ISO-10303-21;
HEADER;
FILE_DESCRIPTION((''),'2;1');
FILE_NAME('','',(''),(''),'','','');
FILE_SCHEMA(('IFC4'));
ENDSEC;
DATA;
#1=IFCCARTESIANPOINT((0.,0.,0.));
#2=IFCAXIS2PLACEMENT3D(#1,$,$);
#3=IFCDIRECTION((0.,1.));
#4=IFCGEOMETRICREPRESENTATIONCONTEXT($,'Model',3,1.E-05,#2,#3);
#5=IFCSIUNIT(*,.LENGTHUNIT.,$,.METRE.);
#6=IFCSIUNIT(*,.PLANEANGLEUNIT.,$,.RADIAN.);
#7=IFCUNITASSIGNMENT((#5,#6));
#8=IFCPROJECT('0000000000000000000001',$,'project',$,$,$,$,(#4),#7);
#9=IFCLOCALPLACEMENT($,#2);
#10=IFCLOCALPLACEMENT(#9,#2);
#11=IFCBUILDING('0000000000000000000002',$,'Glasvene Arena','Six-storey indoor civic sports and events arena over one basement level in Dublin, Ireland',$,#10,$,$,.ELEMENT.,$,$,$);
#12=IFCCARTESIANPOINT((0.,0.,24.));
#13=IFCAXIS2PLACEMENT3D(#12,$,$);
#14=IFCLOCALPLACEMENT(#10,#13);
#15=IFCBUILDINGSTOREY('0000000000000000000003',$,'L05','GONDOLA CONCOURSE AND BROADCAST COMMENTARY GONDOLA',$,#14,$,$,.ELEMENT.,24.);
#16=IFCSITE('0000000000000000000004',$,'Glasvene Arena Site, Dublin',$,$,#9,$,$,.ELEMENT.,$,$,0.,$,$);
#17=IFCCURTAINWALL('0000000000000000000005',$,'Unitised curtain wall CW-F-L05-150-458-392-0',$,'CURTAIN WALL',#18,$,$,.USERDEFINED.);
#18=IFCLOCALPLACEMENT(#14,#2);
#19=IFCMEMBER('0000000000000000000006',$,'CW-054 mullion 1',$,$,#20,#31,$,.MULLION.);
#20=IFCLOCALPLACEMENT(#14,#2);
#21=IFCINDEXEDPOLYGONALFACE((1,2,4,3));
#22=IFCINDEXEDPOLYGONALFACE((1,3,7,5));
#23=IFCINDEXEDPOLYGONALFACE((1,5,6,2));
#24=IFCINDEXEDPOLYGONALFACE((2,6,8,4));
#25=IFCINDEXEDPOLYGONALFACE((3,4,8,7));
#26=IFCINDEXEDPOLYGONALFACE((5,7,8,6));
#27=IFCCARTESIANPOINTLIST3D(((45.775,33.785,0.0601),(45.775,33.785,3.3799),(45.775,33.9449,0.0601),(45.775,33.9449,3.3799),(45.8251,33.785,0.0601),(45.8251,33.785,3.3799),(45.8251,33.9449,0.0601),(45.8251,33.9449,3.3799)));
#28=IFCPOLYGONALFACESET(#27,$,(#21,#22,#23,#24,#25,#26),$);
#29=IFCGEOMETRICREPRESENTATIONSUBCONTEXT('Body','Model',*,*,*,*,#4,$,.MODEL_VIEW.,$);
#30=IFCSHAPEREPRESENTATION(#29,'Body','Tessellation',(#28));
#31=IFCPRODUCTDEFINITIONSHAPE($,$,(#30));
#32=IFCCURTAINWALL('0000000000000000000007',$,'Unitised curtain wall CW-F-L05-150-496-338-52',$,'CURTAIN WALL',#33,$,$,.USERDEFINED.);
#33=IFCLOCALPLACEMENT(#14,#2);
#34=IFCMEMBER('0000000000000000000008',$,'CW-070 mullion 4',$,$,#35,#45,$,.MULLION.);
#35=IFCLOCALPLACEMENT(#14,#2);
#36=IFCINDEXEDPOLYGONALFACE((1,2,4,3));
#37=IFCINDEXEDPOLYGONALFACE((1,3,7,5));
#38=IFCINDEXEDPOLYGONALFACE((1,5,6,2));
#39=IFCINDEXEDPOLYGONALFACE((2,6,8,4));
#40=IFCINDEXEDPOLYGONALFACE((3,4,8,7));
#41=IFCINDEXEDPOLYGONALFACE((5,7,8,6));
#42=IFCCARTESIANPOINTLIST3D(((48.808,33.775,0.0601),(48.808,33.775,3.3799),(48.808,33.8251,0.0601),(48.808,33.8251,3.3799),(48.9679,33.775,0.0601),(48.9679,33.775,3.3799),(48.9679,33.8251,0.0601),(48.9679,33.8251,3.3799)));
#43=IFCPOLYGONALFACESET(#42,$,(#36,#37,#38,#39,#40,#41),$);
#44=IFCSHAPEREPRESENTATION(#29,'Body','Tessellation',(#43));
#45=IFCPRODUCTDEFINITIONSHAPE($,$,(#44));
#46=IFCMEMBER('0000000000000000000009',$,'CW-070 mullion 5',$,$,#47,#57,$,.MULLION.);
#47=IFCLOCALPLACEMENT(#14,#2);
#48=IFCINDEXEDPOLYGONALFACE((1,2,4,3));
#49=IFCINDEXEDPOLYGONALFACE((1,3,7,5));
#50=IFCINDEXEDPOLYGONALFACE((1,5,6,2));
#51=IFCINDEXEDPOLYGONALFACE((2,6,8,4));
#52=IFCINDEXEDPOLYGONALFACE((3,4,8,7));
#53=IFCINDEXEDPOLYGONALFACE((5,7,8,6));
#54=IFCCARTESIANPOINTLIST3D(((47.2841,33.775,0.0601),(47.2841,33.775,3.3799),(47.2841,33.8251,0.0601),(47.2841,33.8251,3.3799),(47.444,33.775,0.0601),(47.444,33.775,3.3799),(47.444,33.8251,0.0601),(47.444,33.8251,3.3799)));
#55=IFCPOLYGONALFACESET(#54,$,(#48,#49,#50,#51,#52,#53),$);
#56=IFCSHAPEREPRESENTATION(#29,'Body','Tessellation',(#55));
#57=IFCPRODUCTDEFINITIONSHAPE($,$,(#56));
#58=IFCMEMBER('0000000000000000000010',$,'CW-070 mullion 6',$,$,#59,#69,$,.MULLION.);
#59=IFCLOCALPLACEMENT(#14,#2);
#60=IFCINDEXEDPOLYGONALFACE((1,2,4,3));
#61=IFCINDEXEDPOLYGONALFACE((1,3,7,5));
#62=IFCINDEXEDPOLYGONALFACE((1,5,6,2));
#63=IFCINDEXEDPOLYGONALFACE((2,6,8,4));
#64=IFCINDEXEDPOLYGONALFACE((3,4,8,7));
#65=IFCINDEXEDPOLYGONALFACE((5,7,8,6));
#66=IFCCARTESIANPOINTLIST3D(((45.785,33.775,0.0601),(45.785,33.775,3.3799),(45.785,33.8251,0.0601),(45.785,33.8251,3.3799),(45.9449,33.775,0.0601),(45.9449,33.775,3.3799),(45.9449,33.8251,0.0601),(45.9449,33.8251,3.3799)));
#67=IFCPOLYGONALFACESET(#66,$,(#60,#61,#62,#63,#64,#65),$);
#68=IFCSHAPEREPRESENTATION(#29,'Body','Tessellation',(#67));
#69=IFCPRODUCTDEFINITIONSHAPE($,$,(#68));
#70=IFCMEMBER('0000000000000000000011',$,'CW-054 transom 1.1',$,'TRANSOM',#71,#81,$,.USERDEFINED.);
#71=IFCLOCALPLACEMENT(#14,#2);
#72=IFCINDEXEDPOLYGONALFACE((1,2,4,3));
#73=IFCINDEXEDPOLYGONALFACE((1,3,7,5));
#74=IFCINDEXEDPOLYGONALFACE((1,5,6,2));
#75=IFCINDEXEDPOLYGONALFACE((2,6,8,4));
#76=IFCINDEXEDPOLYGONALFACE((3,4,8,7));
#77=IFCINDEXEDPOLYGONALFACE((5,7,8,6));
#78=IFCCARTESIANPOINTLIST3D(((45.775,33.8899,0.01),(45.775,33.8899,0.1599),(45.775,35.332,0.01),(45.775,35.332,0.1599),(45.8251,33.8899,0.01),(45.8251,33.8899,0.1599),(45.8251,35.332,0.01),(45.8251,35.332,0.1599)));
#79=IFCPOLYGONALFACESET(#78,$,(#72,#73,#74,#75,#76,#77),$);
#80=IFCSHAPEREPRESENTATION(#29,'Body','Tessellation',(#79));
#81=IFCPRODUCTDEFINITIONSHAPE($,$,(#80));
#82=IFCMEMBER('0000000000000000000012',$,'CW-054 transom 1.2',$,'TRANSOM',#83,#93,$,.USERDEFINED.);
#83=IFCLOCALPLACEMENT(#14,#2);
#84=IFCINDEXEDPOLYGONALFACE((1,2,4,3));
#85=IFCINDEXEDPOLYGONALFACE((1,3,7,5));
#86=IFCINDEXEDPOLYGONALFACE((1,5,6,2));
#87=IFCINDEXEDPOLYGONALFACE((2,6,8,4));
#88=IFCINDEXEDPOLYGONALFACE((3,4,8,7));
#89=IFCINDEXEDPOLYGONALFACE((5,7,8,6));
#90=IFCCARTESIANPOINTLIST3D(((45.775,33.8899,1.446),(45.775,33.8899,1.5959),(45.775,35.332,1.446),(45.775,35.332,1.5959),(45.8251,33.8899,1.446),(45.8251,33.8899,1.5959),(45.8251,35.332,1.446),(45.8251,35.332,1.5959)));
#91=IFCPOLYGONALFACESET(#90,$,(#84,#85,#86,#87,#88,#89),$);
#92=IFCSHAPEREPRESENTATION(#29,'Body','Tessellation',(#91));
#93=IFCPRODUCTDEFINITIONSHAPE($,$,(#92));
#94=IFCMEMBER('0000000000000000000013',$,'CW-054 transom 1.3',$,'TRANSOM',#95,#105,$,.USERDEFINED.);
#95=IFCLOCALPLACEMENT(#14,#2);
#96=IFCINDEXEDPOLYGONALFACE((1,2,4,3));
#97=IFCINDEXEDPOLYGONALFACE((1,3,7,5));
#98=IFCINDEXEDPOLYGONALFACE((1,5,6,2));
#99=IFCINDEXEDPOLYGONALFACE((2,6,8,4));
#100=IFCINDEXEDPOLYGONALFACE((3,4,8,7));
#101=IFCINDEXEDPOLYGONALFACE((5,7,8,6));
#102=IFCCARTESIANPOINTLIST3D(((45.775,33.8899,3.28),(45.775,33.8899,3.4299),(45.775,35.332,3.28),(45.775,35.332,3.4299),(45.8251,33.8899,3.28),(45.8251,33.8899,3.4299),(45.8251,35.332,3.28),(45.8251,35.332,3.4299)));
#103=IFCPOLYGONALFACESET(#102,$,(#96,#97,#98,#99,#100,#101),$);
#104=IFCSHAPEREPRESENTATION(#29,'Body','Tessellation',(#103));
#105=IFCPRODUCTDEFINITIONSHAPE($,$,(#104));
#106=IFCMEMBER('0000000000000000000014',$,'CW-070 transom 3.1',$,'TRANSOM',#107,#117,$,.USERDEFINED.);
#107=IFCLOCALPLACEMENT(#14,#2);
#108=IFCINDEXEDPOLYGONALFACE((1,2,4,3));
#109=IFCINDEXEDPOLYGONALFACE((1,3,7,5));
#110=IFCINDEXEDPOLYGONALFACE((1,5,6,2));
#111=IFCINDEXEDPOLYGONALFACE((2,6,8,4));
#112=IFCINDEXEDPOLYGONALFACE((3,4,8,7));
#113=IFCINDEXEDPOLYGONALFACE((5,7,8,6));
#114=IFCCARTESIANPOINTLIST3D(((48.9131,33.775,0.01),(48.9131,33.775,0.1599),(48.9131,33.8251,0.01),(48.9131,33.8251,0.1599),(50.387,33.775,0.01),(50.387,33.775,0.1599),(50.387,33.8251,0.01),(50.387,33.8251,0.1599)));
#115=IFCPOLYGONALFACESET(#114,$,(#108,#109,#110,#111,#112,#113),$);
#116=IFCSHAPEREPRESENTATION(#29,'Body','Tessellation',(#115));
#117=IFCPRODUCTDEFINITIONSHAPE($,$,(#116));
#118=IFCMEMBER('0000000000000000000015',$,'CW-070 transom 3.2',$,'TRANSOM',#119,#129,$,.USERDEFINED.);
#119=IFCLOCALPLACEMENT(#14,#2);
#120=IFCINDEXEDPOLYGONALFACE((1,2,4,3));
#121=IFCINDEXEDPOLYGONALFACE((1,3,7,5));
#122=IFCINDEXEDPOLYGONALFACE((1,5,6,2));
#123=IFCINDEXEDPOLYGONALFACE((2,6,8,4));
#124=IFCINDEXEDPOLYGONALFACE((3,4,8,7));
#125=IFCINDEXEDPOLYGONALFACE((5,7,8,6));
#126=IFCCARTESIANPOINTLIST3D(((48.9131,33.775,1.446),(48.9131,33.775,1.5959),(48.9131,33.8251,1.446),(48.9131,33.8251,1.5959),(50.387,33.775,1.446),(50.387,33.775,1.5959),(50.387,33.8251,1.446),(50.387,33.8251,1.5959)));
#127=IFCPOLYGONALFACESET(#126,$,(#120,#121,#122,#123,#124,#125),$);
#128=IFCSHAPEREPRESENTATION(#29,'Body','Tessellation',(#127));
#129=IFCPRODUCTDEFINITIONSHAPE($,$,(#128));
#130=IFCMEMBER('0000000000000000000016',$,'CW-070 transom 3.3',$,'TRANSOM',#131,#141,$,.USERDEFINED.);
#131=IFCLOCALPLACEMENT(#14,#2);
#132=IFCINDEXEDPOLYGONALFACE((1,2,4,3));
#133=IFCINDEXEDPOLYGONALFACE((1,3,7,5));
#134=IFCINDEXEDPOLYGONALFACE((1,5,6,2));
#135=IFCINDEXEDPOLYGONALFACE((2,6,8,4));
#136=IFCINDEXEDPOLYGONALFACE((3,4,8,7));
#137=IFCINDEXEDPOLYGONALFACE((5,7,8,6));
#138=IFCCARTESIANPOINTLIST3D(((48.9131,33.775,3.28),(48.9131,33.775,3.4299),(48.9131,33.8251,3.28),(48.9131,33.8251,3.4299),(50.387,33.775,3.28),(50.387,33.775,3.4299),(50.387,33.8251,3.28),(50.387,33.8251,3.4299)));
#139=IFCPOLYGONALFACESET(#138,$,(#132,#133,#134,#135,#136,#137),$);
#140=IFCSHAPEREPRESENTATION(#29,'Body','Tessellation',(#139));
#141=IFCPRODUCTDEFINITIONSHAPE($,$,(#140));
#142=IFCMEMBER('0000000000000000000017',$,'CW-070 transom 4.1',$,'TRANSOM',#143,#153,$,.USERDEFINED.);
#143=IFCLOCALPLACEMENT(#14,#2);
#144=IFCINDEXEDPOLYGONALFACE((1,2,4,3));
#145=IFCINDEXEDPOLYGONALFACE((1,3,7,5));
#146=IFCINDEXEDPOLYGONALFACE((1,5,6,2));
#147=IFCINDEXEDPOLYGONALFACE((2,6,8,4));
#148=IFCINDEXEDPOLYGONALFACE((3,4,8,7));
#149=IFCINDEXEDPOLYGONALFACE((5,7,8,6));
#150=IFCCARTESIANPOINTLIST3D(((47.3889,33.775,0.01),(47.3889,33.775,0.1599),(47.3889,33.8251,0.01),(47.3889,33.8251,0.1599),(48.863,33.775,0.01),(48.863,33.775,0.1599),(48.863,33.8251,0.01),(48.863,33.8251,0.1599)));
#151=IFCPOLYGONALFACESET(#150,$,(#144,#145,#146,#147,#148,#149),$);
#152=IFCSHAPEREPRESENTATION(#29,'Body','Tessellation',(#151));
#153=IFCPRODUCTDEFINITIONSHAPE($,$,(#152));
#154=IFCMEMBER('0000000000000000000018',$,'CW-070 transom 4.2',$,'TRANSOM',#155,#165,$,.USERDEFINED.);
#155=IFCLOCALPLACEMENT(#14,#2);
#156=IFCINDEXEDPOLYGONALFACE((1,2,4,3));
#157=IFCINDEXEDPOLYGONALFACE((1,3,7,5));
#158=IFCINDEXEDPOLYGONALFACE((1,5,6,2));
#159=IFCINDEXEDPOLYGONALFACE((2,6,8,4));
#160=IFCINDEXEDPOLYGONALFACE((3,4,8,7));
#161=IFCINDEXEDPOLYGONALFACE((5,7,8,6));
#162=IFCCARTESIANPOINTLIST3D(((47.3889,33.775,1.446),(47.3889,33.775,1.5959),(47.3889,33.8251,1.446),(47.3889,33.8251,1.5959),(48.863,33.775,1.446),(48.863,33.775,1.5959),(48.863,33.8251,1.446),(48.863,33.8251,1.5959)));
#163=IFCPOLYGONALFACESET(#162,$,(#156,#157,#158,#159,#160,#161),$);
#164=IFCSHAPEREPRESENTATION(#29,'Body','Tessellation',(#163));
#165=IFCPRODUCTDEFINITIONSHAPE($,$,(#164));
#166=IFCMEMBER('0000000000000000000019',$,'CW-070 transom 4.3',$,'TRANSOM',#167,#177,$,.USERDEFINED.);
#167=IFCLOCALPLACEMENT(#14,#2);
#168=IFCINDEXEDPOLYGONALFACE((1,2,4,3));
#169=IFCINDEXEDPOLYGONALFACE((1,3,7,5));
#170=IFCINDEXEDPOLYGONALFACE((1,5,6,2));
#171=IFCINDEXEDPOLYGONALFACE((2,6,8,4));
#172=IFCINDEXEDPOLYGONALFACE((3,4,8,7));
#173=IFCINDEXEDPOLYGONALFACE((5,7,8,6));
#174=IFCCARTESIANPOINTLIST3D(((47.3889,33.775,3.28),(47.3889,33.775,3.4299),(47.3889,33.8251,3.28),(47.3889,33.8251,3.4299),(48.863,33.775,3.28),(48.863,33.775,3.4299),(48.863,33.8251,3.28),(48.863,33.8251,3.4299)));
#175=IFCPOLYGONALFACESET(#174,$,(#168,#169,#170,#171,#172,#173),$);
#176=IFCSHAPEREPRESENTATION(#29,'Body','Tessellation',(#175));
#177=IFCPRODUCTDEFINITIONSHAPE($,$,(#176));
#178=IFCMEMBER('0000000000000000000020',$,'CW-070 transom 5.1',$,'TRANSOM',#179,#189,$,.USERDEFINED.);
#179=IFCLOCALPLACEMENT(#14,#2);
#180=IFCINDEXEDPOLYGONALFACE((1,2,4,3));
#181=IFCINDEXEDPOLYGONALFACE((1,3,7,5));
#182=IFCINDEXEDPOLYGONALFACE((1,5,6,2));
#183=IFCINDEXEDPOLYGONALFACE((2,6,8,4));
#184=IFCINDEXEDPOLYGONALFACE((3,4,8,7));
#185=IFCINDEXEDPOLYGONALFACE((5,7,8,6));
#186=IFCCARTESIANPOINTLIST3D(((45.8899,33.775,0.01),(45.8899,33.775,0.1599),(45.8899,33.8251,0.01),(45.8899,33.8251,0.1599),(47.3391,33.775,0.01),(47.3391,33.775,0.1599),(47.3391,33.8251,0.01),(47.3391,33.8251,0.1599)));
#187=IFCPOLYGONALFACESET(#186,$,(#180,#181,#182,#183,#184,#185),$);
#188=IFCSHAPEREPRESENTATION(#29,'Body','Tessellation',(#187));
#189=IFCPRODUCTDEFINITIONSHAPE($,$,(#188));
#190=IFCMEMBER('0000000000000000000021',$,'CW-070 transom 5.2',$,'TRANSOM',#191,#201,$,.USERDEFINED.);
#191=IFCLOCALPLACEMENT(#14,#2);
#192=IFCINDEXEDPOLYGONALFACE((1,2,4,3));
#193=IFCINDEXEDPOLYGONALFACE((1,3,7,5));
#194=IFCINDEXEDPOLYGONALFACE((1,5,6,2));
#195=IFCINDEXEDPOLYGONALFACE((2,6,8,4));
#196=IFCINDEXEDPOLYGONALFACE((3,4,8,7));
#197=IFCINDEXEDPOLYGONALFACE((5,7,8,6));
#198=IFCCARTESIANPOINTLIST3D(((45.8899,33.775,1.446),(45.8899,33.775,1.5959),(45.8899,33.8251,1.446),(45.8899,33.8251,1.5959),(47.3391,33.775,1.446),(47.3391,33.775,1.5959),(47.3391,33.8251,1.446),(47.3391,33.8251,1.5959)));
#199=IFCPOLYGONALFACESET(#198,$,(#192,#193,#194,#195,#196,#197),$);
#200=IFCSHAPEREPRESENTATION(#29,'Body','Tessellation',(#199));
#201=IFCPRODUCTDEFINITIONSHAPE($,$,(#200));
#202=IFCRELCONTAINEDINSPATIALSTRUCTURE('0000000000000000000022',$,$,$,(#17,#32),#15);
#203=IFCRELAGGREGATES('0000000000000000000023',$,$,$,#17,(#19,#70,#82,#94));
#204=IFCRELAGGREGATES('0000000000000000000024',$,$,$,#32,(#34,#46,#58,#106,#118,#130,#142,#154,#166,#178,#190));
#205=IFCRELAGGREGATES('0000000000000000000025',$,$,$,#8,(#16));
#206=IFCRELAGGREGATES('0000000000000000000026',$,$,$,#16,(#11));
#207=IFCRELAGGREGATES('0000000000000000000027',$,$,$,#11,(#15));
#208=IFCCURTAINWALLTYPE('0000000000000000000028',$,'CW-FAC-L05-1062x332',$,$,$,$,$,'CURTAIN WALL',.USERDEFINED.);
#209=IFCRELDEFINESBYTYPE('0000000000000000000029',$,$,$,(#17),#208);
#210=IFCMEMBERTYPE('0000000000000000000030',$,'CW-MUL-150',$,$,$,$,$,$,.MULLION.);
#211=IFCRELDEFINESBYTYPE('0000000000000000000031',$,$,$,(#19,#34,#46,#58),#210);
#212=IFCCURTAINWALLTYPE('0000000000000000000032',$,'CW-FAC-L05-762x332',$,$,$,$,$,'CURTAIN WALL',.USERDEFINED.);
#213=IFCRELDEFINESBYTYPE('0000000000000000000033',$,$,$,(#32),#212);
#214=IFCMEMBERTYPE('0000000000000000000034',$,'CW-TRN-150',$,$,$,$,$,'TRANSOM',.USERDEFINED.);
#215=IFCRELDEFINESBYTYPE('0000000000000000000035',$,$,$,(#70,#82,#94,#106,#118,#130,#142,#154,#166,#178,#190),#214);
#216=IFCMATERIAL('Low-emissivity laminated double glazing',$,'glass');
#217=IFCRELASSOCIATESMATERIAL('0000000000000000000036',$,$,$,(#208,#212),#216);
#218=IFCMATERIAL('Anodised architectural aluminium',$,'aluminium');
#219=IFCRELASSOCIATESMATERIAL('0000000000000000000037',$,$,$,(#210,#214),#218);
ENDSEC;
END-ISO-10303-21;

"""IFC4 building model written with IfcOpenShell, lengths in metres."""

from ifc_helpers import new_model, si_unit, direction, frame, origin, origin_2d, place, context, subcontext, project, spatial, rectangle, extrude, material, material_profile, profile_set, type_object, element, aggregate, save


model = new_model("IFC4")

# Units and contexts
model_context = context("Model", 3, precision=1e-05, world=origin(), true_north=direction((0.0, 1.0)))
body_context = subcontext(model_context, "Body", "Model", "MODEL_VIEW")
ifc_project = project(units=[si_unit("LENGTHUNIT", "METRE"), si_unit("PLANEANGLEUNIT", "RADIAN")], contexts=[model_context])

# Site, building, storey
site_placement = place(None, origin())
site = spatial("IfcSite", under=ifc_project, at=site_placement, Name="Glasvene Arena Site, Dublin", CompositionType="ELEMENT", RefElevation=0.0)
building_placement = place(site_placement, origin())
building = spatial("IfcBuilding", under=site, at=building_placement, Name="Glasvene Arena", Description="Six-storey indoor civic sports and events arena over one basement level in Dublin, Ireland", CompositionType="ELEMENT")
storey_placement = place(building_placement, frame((0.0, 0.0, 24.0)))
storey = spatial("IfcBuildingStorey", under=building, at=storey_placement, Name="L05", Description="GONDOLA CONCOURSE AND BROADCAST COMMENTARY GONDOLA", CompositionType="ELEMENT", Elevation=24.0)

# Curtain wall, member
ifc_material_1 = material(Name="Low-emissivity laminated double glazing", Category="glass")
curtain_wall_type_1 = type_object("IfcCurtainWallType", Name="CW-FAC-L05-1062x332", ElementType="CURTAIN WALL", PredefinedType="USERDEFINED", material=ifc_material_1)
curtain_wall_1_placement = place(storey_placement, frame((45.8, 33.8401, 0.0)))
curtain_wall_1 = element("IfcCurtainWall", 1, at=curtain_wall_1_placement, inside=storey, type_object=curtain_wall_type_1, Name="Unitised curtain wall CW-F-L05-150-458-392-0", ObjectType="CURTAIN WALL", PredefinedType="USERDEFINED")
ifc_material_2 = material(Name="Anodised architectural aluminium", Category="aluminium")
ifc_material_profile_1 = material_profile(ifc_material_2, rectangle(XDim=0.05, YDim=0.1599, at=origin_2d()), Name="ALU MULLION 50x160")
ifc_profile_set_1 = profile_set([ifc_material_profile_1], Name="Anodised architectural aluminium")
member_type_1 = type_object("IfcMemberType", Name="CW-MUL-150", PredefinedType="MULLION", material=ifc_profile_set_1)
member_1_placement = place(storey_placement, frame((45.8, 33.865, 0.0601), z_axis=(0.0, 0.0, 1.0), x_axis=(-1.0, 0.0, 0.0)))
member_1 = element("IfcMember", 2, at=member_1_placement, type_object=member_type_1, Name="CW-054 mullion 1", PredefinedType="MULLION", context=body_context, shape_type="SweptSolid", body=[
    extrude(rectangle(XDim=0.05, YDim=0.1599, at=origin_2d()), origin(), (0.0, 0.0, 1.0), 3.3198),
])

# Curtain wall, members
curtain_wall_type_2 = type_object("IfcCurtainWallType", Name="CW-FAC-L05-762x332", ElementType="CURTAIN WALL", PredefinedType="USERDEFINED", material=ifc_material_1)
curtain_wall_2_placement = place(storey_placement, frame((53.46, 33.8, 0.0)))
curtain_wall_2 = element("IfcCurtainWall", 3, at=curtain_wall_2_placement, inside=storey, type_object=curtain_wall_type_2, Name="Unitised curtain wall CW-F-L05-150-496-338-52", ObjectType="CURTAIN WALL", PredefinedType="USERDEFINED")
member_2_placement = place(storey_placement, frame((48.8879, 33.8, 0.0601), z_axis=(0.0, 0.0, 1.0), x_axis=(0.0, -1.0, 0.0)))
member_2 = element("IfcMember", 4, at=member_2_placement, type_object=member_type_1, Name="CW-070 mullion 4", PredefinedType="MULLION", context=body_context, shape_type="SweptSolid", body=[
    extrude(rectangle(XDim=0.05, YDim=0.1599, at=origin_2d()), origin(), (0.0, 0.0, 1.0), 3.3198),
])
member_3_placement = place(storey_placement, frame((47.364, 33.8, 0.0601), z_axis=(0.0, 0.0, 1.0), x_axis=(0.0, -1.0, 0.0)))
member_3 = element("IfcMember", 5, at=member_3_placement, type_object=member_type_1, Name="CW-070 mullion 5", PredefinedType="MULLION", context=body_context, shape_type="SweptSolid", body=[
    extrude(rectangle(XDim=0.05, YDim=0.1599, at=origin_2d()), origin(), (0.0, 0.0, 1.0), 3.3198),
])
member_4_placement = place(storey_placement, frame((45.865, 33.8, 0.0601), z_axis=(0.0, 0.0, 1.0), x_axis=(0.0, -1.0, 0.0)))
member_4 = element("IfcMember", 6, at=member_4_placement, type_object=member_type_1, Name="CW-070 mullion 6", PredefinedType="MULLION", context=body_context, shape_type="SweptSolid", body=[
    extrude(rectangle(XDim=0.05, YDim=0.1599, at=origin_2d()), origin(), (0.0, 0.0, 1.0), 3.3198),
])

# Members
ifc_material_profile_2 = material_profile(ifc_material_2, rectangle(XDim=0.05, YDim=0.1499, at=origin_2d()), Name="ALU TRANSOM 50x150")
ifc_profile_set_2 = profile_set([ifc_material_profile_2], Name="Anodised architectural aluminium")
member_type_2 = type_object("IfcMemberType", Name="CW-TRN-150", ElementType="TRANSOM", PredefinedType="USERDEFINED", material=ifc_profile_set_2)
member_5_placement = place(storey_placement, frame((45.8, 33.8899, 0.085), z_axis=(0.0, 1.0, 0.0), x_axis=(-1.0, 0.0, 0.0)))
member_5 = element("IfcMember", 7, at=member_5_placement, type_object=member_type_2, Name="CW-054 transom 1.1", ObjectType="TRANSOM", PredefinedType="USERDEFINED", context=body_context, shape_type="SweptSolid", body=[
    extrude(rectangle(XDim=0.05, YDim=0.1499, at=origin_2d()), origin(), (0.0, 0.0, 1.0), 1.4421),
])
member_6_placement = place(storey_placement, frame((45.8, 33.8899, 1.521), z_axis=(0.0, 1.0, 0.0), x_axis=(-1.0, 0.0, 0.0)))
member_6 = element("IfcMember", 8, at=member_6_placement, type_object=member_type_2, Name="CW-054 transom 1.2", ObjectType="TRANSOM", PredefinedType="USERDEFINED", context=body_context, shape_type="SweptSolid", body=[
    extrude(rectangle(XDim=0.05, YDim=0.1499, at=origin_2d()), origin(), (0.0, 0.0, 1.0), 1.4421),
])
member_7_placement = place(storey_placement, frame((45.8, 33.8899, 3.355), z_axis=(0.0, 1.0, 0.0), x_axis=(-1.0, 0.0, 0.0)))
member_7 = element("IfcMember", 9, at=member_7_placement, type_object=member_type_2, Name="CW-054 transom 1.3", ObjectType="TRANSOM", PredefinedType="USERDEFINED", context=body_context, shape_type="SweptSolid", body=[
    extrude(rectangle(XDim=0.05, YDim=0.1499, at=origin_2d()), origin(), (0.0, 0.0, 1.0), 1.4421),
])
aggregate(curtain_wall_1, [member_1, member_5, member_6, member_7])
member_8_placement = place(storey_placement, frame((50.387, 33.8, 0.085), z_axis=(-1.0, 0.0, 0.0), x_axis=(0.0, -1.0, 0.0)))
member_8 = element("IfcMember", 10, at=member_8_placement, type_object=member_type_2, Name="CW-070 transom 3.1", ObjectType="TRANSOM", PredefinedType="USERDEFINED", context=body_context, shape_type="SweptSolid", body=[
    extrude(rectangle(XDim=0.05, YDim=0.1499, at=origin_2d()), origin(), (0.0, 0.0, 1.0), 1.4739),
])
member_9_placement = place(storey_placement, frame((50.387, 33.8, 1.521), z_axis=(-1.0, 0.0, 0.0), x_axis=(0.0, -1.0, 0.0)))
member_9 = element("IfcMember", 11, at=member_9_placement, type_object=member_type_2, Name="CW-070 transom 3.2", ObjectType="TRANSOM", PredefinedType="USERDEFINED", context=body_context, shape_type="SweptSolid", body=[
    extrude(rectangle(XDim=0.05, YDim=0.1499, at=origin_2d()), origin(), (0.0, 0.0, 1.0), 1.4739),
])
member_10_placement = place(storey_placement, frame((50.387, 33.8, 3.355), z_axis=(-1.0, 0.0, 0.0), x_axis=(0.0, -1.0, 0.0)))
member_10 = element("IfcMember", 12, at=member_10_placement, type_object=member_type_2, Name="CW-070 transom 3.3", ObjectType="TRANSOM", PredefinedType="USERDEFINED", context=body_context, shape_type="SweptSolid", body=[
    extrude(rectangle(XDim=0.05, YDim=0.1499, at=origin_2d()), origin(), (0.0, 0.0, 1.0), 1.4739),
])
member_11_placement = place(storey_placement, frame((48.863, 33.8, 0.085), z_axis=(-1.0, 0.0, 0.0), x_axis=(0.0, -1.0, 0.0)))
member_11 = element("IfcMember", 13, at=member_11_placement, type_object=member_type_2, Name="CW-070 transom 4.1", ObjectType="TRANSOM", PredefinedType="USERDEFINED", context=body_context, shape_type="SweptSolid", body=[
    extrude(rectangle(XDim=0.05, YDim=0.1499, at=origin_2d()), origin(), (0.0, 0.0, 1.0), 1.4741),
])
member_12_placement = place(storey_placement, frame((48.863, 33.8, 1.521), z_axis=(-1.0, 0.0, 0.0), x_axis=(0.0, -1.0, 0.0)))
member_12 = element("IfcMember", 14, at=member_12_placement, type_object=member_type_2, Name="CW-070 transom 4.2", ObjectType="TRANSOM", PredefinedType="USERDEFINED", context=body_context, shape_type="SweptSolid", body=[
    extrude(rectangle(XDim=0.05, YDim=0.1499, at=origin_2d()), origin(), (0.0, 0.0, 1.0), 1.4741),
])
member_13_placement = place(storey_placement, frame((48.863, 33.8, 3.355), z_axis=(-1.0, 0.0, 0.0), x_axis=(0.0, -1.0, 0.0)))
member_13 = element("IfcMember", 15, at=member_13_placement, type_object=member_type_2, Name="CW-070 transom 4.3", ObjectType="TRANSOM", PredefinedType="USERDEFINED", context=body_context, shape_type="SweptSolid", body=[
    extrude(rectangle(XDim=0.05, YDim=0.1499, at=origin_2d()), origin(), (0.0, 0.0, 1.0), 1.4741),
])
member_14_placement = place(storey_placement, frame((47.3391, 33.8, 0.085), z_axis=(-1.0, 0.0, 0.0), x_axis=(0.0, -1.0, 0.0)))
member_14 = element("IfcMember", 16, at=member_14_placement, type_object=member_type_2, Name="CW-070 transom 5.1", ObjectType="TRANSOM", PredefinedType="USERDEFINED", context=body_context, shape_type="SweptSolid", body=[
    extrude(rectangle(XDim=0.05, YDim=0.1499, at=origin_2d()), origin(), (0.0, 0.0, 1.0), 1.4492),
])
member_15_placement = place(storey_placement, frame((47.3391, 33.8, 1.521), z_axis=(-1.0, 0.0, 0.0), x_axis=(0.0, -1.0, 0.0)))
member_15 = element("IfcMember", 17, at=member_15_placement, type_object=member_type_2, Name="CW-070 transom 5.2", ObjectType="TRANSOM", PredefinedType="USERDEFINED", context=body_context, shape_type="SweptSolid", body=[
    extrude(rectangle(XDim=0.05, YDim=0.1499, at=origin_2d()), origin(), (0.0, 0.0, 1.0), 1.4492),
])

aggregate(curtain_wall_2, [member_2, member_3, member_4, member_8, member_9, member_10, member_11, member_12, member_13, member_14, member_15])

save(model, "model.ifc")
